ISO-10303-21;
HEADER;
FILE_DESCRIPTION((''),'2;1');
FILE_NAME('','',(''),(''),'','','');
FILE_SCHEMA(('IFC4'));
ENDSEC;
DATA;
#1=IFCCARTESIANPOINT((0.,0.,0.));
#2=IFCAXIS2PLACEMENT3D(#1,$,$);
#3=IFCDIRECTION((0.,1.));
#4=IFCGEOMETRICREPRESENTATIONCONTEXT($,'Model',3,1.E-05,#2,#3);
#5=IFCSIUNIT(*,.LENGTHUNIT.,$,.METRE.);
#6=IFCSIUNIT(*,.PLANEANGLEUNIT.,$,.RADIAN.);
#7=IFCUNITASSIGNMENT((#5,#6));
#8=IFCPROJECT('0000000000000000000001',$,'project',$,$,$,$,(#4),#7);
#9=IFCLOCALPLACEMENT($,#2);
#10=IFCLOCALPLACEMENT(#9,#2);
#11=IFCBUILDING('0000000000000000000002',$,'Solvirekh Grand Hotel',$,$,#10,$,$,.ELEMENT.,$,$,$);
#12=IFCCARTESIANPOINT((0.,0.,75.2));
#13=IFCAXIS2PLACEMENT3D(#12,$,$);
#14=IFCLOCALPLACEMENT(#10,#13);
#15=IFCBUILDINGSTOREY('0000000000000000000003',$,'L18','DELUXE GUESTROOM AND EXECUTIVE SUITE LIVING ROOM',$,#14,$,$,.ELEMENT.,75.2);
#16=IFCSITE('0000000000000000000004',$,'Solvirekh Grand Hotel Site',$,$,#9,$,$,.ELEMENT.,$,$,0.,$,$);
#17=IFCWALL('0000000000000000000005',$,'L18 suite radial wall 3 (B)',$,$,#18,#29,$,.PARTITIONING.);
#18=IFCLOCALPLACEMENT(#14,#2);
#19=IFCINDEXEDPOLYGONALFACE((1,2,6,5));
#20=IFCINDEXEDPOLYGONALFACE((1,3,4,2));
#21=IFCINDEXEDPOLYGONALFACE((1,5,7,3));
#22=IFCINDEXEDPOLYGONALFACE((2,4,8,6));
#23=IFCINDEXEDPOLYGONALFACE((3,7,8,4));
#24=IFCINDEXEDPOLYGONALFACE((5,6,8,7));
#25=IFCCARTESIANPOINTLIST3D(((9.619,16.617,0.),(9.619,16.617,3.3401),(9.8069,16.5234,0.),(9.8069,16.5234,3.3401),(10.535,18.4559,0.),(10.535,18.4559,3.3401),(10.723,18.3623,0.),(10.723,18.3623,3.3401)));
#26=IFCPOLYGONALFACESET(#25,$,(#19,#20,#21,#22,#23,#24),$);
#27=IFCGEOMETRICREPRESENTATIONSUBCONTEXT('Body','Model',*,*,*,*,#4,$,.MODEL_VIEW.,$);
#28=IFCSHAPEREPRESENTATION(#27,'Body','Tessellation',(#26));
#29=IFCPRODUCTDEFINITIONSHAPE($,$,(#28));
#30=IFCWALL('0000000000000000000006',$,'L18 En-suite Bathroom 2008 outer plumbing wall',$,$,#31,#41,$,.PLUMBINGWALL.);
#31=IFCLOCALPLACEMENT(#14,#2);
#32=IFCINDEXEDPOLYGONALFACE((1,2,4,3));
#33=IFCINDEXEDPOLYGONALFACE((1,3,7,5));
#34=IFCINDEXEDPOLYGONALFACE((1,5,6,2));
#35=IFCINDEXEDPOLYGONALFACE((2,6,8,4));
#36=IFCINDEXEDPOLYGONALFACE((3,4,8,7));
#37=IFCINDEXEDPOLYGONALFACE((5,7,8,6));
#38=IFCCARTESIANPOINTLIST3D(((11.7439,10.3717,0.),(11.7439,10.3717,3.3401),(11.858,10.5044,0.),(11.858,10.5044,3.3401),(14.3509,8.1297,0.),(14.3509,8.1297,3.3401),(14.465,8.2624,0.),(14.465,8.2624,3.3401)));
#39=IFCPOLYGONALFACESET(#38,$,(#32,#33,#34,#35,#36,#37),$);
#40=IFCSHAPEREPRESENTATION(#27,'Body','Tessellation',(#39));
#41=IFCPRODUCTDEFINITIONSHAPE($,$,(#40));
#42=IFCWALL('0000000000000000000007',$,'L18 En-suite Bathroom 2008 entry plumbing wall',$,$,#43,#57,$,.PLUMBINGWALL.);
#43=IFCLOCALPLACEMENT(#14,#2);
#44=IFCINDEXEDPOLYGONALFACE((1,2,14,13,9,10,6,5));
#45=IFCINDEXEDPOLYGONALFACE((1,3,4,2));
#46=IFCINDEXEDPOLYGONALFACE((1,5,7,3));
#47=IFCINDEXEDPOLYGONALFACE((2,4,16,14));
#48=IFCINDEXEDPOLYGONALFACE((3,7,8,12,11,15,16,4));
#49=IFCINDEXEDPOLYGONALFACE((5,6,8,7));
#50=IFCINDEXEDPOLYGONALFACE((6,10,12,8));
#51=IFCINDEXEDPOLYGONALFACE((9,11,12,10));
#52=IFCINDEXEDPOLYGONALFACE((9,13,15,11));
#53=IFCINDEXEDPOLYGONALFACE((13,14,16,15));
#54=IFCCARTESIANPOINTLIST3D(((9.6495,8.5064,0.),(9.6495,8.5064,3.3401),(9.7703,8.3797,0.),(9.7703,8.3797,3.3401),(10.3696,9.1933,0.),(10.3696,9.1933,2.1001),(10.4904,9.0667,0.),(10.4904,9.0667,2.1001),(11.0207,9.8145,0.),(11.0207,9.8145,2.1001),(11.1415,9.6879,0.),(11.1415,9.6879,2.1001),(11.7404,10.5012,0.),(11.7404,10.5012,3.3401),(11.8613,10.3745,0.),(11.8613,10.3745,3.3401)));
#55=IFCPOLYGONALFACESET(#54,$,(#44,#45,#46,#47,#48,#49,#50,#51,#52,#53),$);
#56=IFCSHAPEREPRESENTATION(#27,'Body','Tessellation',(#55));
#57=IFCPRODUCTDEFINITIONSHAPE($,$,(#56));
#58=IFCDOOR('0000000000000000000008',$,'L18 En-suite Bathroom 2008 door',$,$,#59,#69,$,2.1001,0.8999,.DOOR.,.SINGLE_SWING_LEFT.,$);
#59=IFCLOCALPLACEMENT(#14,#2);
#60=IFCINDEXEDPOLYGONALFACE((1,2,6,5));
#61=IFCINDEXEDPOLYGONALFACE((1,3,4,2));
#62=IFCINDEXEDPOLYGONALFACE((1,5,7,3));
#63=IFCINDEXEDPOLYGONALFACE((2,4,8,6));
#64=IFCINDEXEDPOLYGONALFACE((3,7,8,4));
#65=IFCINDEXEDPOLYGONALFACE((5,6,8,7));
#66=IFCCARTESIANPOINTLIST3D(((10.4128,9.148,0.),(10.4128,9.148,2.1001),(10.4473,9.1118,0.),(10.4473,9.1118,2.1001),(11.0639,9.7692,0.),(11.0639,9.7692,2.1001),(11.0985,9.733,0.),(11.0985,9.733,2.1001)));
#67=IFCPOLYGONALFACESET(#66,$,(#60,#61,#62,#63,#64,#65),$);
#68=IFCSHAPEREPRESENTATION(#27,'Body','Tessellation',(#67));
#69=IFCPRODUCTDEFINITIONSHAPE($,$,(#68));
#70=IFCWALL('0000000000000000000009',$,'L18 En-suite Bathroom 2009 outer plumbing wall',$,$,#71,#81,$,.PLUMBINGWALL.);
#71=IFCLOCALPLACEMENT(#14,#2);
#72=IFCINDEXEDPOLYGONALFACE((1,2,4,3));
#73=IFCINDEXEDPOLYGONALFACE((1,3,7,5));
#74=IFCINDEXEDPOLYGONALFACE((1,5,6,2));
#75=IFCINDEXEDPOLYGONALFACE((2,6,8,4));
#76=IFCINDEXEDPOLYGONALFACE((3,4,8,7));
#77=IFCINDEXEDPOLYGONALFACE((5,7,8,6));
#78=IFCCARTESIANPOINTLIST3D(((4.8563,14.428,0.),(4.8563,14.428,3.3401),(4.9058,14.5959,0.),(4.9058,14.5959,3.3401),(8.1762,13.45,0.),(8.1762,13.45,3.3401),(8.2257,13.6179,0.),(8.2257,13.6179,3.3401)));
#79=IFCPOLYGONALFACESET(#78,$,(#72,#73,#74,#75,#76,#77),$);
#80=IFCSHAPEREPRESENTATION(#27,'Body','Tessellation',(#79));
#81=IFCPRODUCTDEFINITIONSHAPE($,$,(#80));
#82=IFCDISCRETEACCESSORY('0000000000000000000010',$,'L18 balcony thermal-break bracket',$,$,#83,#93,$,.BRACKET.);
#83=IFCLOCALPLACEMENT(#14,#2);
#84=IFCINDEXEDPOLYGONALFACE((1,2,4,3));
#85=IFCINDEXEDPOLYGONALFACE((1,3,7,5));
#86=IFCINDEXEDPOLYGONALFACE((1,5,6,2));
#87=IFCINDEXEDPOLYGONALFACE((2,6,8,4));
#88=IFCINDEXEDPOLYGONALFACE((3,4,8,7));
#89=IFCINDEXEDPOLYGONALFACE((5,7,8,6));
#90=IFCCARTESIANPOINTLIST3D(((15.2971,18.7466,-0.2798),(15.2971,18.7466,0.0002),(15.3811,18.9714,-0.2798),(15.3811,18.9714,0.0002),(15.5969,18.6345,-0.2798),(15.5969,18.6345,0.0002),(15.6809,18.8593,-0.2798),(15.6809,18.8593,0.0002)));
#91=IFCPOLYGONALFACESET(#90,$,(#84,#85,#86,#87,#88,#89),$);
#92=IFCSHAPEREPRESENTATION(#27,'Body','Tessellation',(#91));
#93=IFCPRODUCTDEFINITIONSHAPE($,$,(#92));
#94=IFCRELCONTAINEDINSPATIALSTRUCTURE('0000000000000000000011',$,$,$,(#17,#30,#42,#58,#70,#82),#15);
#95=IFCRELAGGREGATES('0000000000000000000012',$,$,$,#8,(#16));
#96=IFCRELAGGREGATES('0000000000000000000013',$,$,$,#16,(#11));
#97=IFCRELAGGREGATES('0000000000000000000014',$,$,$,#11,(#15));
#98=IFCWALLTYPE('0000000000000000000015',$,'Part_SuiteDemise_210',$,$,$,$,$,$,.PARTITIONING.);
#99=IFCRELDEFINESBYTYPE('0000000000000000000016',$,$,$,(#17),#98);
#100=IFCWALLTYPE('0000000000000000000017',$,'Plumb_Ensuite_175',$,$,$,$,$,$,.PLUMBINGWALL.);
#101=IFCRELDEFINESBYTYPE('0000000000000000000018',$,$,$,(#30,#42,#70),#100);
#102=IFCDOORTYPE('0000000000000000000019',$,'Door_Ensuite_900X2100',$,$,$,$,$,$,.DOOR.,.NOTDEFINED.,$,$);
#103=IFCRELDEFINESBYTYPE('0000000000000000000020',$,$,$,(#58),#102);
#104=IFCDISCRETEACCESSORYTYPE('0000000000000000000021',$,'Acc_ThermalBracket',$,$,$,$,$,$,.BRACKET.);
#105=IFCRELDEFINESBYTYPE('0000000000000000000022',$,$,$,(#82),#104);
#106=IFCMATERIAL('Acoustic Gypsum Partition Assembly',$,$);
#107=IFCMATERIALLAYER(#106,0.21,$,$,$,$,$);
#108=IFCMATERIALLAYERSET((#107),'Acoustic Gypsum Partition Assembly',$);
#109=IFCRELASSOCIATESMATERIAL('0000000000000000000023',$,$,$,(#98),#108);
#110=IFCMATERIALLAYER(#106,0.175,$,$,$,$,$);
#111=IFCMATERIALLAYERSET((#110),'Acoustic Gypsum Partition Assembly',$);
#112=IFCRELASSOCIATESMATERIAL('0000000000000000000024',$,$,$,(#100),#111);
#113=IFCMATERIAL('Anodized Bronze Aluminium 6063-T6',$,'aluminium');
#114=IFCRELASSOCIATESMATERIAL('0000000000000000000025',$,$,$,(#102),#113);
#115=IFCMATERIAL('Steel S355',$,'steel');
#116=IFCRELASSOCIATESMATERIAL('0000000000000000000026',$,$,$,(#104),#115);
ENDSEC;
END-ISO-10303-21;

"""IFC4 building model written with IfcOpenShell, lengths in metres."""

from ifc_helpers import new_model, si_unit, direction, frame, frame_2d, origin, origin_2d, place, context, subcontext, project, spatial, rectangle, extrude, material, layer, layer_set, type_object, element, fill, save


model = new_model("IFC4")

# Units and contexts
model_context = context("Model", 3, precision=1e-05, world=origin(), true_north=direction((0.0, 1.0)))
body_context = subcontext(model_context, "Body", "Model", "MODEL_VIEW")
ifc_project = project(units=[si_unit("LENGTHUNIT", "METRE"), si_unit("PLANEANGLEUNIT", "RADIAN")], contexts=[model_context])

# Site, building, storey
site_placement = place(None, origin())
site = spatial("IfcSite", under=ifc_project, at=site_placement, Name="Solvirekh Grand Hotel Site", CompositionType="ELEMENT", RefElevation=0.0)
building_placement = place(site_placement, origin())
building = spatial("IfcBuilding", under=site, at=building_placement, Name="Solvirekh Grand Hotel", CompositionType="ELEMENT")
storey_placement = place(building_placement, frame((0.0, 0.0, 75.2)))
storey = spatial("IfcBuildingStorey", under=building, at=storey_placement, Name="L18", Description="DELUXE GUESTROOM AND EXECUTIVE SUITE LIVING ROOM", CompositionType="ELEMENT", Elevation=75.2)

# Shared definitions
ifc_material_1 = material(Name="Steel S355", Category="steel")

# Shared definitions
ifc_material_2 = material(Name="Anodized Bronze Aluminium 6063-T6", Category="aluminium")

# Shared definitions
ifc_material_3 = material(Name="Acoustic Gypsum Partition Assembly")

# Walls
ifc_layer_1 = layer(ifc_material_3, 0.21)
ifc_layer_set_1 = layer_set([ifc_layer_1], Name="Acoustic Gypsum Partition Assembly")
wall_type_1 = type_object("IfcWallType", Name="Part_SuiteDemise_210", PredefinedType="PARTITIONING", material=ifc_layer_set_1)
wall_1_placement = place(storey_placement, frame((9.7129, 16.5701, 0.0), z_axis=(0.0, 0.0, 1.0), x_axis=(0.445882, 0.895092, 0.0)))
element("IfcWall", 1, at=wall_1_placement, inside=storey, type_object=wall_type_1, Name="L18 suite radial wall 3 (B)", PredefinedType="PARTITIONING", context=body_context, shape_type="SweptSolid", body=[
    extrude(rectangle(XDim=2.0544, YDim=0.21, at=frame_2d((1.0273, 0.0))), origin(), (0.0, 0.0, 1.0), 3.3401),
])
ifc_layer_2 = layer(ifc_material_3, 0.175)
ifc_layer_set_2 = layer_set([ifc_layer_2], Name="Acoustic Gypsum Partition Assembly")
wall_type_2 = type_object("IfcWallType", Name="Plumb_Ensuite_175", PredefinedType="PLUMBINGWALL", material=ifc_layer_set_2)
wall_2_placement = place(storey_placement, frame((14.408, 8.196, 0.0), z_axis=(0.0, 0.0, 1.0), x_axis=(-0.758188, 0.652036, 0.0)))
element("IfcWall", 2, at=wall_2_placement, inside=storey, type_object=wall_type_2, Name="L18 En-suite Bathroom 2008 outer plumbing wall", PredefinedType="PLUMBINGWALL", context=body_context, shape_type="SweptSolid", body=[
    extrude(rectangle(XDim=3.4385, YDim=0.175, at=frame_2d((1.7192, 0.0))), origin(), (0.0, 0.0, 1.0), 3.3401),
])

# Wall, opening, door
wall_3_placement = place(storey_placement, frame((9.71, 8.4431, 0.0), z_axis=(0.0, 0.0, 1.0), x_axis=(0.723553, 0.690269, 0.0)))
wall_3 = element("IfcWall", 3, at=wall_3_placement, inside=storey, type_object=wall_type_2, Name="L18 En-suite Bathroom 2008 entry plumbing wall", PredefinedType="PLUMBINGWALL", context=body_context, shape_type="SweptSolid", body=[
    extrude(rectangle(XDim=2.8899, YDim=0.175, at=frame_2d((1.4448, 0.0))), origin(), (0.0, 0.0, 1.0), 3.3401),
])
opening_1_placement = place(wall_3_placement, frame((0.9951, 0.0, 0.0)))
opening_1 = element("IfcOpeningElement", 4, at=opening_1_placement, cuts=wall_3, PredefinedType="OPENING", context=body_context, shape_type="SweptSolid", body=[
    extrude(rectangle(XDim=0.8999, YDim=2.1001, at=frame_2d((0.45, 1.05))), frame((0.0, 0.0977, 0.0), z_axis=(0.0, -1.0, 0.0), x_axis=(1.0, 0.0, 0.0)), (0.0, 0.0, 1.0), 0.1951),
])
door_type_1 = type_object("IfcDoorType", Name="Door_Ensuite_900X2100", OperationType="NOTDEFINED", PredefinedType="DOOR", material=ifc_material_2)
door_1_placement = place(opening_1_placement, origin())
door_1 = element("IfcDoor", 5, at=door_1_placement, inside=storey, type_object=door_type_1, Name="L18 En-suite Bathroom 2008 door", OperationType="SINGLE_SWING_LEFT", OverallHeight=2.1001, OverallWidth=0.8999, PredefinedType="DOOR", context=body_context, shape_type="SweptSolid", body=[
    extrude(rectangle(XDim=0.8999, YDim=2.1001, at=frame_2d((0.45, 1.05))), frame((0.0, 0.0249, 0.0), z_axis=(0.0, -1.0, 0.0), x_axis=(1.0, 0.0, 0.0)), (0.0, 0.0, 1.0), 0.05),
])
fill(opening_1, door_1)

# Wall
wall_4_placement = place(storey_placement, frame((8.2009, 13.5339, 0.0), z_axis=(0.0, 0.0, 1.0), x_axis=(-0.95924, 0.282594, 0.0)))
element("IfcWall", 6, at=wall_4_placement, inside=storey, type_object=wall_type_2, Name="L18 En-suite Bathroom 2009 outer plumbing wall", PredefinedType="PLUMBINGWALL", context=body_context, shape_type="SweptSolid", body=[
    extrude(rectangle(XDim=3.4609, YDim=0.175, at=frame_2d((1.7305, 0.0))), origin(), (0.0, 0.0, 1.0), 3.3401),
])

# Discrete accessory
discrete_accessory_type = type_object("IfcDiscreteAccessoryType", Name="Acc_ThermalBracket", PredefinedType="BRACKET", material=ifc_material_1)
discrete_accessory_placement = place(storey_placement, frame((15.489, 18.803, -0.2798), z_axis=(0.0, 0.0, 1.0), x_axis=(0.936672, -0.350207, 0.0)))
element("IfcDiscreteAccessory", 7, at=discrete_accessory_placement, inside=storey, type_object=discrete_accessory_type, Name="L18 balcony thermal-break bracket", PredefinedType="BRACKET", context=body_context, shape_type="SweptSolid", body=[
    extrude(rectangle(XDim=0.3201, YDim=0.24, at=origin_2d()), origin(), (0.0, 0.0, 1.0), 0.28),
])

save(model, "model.ifc")
